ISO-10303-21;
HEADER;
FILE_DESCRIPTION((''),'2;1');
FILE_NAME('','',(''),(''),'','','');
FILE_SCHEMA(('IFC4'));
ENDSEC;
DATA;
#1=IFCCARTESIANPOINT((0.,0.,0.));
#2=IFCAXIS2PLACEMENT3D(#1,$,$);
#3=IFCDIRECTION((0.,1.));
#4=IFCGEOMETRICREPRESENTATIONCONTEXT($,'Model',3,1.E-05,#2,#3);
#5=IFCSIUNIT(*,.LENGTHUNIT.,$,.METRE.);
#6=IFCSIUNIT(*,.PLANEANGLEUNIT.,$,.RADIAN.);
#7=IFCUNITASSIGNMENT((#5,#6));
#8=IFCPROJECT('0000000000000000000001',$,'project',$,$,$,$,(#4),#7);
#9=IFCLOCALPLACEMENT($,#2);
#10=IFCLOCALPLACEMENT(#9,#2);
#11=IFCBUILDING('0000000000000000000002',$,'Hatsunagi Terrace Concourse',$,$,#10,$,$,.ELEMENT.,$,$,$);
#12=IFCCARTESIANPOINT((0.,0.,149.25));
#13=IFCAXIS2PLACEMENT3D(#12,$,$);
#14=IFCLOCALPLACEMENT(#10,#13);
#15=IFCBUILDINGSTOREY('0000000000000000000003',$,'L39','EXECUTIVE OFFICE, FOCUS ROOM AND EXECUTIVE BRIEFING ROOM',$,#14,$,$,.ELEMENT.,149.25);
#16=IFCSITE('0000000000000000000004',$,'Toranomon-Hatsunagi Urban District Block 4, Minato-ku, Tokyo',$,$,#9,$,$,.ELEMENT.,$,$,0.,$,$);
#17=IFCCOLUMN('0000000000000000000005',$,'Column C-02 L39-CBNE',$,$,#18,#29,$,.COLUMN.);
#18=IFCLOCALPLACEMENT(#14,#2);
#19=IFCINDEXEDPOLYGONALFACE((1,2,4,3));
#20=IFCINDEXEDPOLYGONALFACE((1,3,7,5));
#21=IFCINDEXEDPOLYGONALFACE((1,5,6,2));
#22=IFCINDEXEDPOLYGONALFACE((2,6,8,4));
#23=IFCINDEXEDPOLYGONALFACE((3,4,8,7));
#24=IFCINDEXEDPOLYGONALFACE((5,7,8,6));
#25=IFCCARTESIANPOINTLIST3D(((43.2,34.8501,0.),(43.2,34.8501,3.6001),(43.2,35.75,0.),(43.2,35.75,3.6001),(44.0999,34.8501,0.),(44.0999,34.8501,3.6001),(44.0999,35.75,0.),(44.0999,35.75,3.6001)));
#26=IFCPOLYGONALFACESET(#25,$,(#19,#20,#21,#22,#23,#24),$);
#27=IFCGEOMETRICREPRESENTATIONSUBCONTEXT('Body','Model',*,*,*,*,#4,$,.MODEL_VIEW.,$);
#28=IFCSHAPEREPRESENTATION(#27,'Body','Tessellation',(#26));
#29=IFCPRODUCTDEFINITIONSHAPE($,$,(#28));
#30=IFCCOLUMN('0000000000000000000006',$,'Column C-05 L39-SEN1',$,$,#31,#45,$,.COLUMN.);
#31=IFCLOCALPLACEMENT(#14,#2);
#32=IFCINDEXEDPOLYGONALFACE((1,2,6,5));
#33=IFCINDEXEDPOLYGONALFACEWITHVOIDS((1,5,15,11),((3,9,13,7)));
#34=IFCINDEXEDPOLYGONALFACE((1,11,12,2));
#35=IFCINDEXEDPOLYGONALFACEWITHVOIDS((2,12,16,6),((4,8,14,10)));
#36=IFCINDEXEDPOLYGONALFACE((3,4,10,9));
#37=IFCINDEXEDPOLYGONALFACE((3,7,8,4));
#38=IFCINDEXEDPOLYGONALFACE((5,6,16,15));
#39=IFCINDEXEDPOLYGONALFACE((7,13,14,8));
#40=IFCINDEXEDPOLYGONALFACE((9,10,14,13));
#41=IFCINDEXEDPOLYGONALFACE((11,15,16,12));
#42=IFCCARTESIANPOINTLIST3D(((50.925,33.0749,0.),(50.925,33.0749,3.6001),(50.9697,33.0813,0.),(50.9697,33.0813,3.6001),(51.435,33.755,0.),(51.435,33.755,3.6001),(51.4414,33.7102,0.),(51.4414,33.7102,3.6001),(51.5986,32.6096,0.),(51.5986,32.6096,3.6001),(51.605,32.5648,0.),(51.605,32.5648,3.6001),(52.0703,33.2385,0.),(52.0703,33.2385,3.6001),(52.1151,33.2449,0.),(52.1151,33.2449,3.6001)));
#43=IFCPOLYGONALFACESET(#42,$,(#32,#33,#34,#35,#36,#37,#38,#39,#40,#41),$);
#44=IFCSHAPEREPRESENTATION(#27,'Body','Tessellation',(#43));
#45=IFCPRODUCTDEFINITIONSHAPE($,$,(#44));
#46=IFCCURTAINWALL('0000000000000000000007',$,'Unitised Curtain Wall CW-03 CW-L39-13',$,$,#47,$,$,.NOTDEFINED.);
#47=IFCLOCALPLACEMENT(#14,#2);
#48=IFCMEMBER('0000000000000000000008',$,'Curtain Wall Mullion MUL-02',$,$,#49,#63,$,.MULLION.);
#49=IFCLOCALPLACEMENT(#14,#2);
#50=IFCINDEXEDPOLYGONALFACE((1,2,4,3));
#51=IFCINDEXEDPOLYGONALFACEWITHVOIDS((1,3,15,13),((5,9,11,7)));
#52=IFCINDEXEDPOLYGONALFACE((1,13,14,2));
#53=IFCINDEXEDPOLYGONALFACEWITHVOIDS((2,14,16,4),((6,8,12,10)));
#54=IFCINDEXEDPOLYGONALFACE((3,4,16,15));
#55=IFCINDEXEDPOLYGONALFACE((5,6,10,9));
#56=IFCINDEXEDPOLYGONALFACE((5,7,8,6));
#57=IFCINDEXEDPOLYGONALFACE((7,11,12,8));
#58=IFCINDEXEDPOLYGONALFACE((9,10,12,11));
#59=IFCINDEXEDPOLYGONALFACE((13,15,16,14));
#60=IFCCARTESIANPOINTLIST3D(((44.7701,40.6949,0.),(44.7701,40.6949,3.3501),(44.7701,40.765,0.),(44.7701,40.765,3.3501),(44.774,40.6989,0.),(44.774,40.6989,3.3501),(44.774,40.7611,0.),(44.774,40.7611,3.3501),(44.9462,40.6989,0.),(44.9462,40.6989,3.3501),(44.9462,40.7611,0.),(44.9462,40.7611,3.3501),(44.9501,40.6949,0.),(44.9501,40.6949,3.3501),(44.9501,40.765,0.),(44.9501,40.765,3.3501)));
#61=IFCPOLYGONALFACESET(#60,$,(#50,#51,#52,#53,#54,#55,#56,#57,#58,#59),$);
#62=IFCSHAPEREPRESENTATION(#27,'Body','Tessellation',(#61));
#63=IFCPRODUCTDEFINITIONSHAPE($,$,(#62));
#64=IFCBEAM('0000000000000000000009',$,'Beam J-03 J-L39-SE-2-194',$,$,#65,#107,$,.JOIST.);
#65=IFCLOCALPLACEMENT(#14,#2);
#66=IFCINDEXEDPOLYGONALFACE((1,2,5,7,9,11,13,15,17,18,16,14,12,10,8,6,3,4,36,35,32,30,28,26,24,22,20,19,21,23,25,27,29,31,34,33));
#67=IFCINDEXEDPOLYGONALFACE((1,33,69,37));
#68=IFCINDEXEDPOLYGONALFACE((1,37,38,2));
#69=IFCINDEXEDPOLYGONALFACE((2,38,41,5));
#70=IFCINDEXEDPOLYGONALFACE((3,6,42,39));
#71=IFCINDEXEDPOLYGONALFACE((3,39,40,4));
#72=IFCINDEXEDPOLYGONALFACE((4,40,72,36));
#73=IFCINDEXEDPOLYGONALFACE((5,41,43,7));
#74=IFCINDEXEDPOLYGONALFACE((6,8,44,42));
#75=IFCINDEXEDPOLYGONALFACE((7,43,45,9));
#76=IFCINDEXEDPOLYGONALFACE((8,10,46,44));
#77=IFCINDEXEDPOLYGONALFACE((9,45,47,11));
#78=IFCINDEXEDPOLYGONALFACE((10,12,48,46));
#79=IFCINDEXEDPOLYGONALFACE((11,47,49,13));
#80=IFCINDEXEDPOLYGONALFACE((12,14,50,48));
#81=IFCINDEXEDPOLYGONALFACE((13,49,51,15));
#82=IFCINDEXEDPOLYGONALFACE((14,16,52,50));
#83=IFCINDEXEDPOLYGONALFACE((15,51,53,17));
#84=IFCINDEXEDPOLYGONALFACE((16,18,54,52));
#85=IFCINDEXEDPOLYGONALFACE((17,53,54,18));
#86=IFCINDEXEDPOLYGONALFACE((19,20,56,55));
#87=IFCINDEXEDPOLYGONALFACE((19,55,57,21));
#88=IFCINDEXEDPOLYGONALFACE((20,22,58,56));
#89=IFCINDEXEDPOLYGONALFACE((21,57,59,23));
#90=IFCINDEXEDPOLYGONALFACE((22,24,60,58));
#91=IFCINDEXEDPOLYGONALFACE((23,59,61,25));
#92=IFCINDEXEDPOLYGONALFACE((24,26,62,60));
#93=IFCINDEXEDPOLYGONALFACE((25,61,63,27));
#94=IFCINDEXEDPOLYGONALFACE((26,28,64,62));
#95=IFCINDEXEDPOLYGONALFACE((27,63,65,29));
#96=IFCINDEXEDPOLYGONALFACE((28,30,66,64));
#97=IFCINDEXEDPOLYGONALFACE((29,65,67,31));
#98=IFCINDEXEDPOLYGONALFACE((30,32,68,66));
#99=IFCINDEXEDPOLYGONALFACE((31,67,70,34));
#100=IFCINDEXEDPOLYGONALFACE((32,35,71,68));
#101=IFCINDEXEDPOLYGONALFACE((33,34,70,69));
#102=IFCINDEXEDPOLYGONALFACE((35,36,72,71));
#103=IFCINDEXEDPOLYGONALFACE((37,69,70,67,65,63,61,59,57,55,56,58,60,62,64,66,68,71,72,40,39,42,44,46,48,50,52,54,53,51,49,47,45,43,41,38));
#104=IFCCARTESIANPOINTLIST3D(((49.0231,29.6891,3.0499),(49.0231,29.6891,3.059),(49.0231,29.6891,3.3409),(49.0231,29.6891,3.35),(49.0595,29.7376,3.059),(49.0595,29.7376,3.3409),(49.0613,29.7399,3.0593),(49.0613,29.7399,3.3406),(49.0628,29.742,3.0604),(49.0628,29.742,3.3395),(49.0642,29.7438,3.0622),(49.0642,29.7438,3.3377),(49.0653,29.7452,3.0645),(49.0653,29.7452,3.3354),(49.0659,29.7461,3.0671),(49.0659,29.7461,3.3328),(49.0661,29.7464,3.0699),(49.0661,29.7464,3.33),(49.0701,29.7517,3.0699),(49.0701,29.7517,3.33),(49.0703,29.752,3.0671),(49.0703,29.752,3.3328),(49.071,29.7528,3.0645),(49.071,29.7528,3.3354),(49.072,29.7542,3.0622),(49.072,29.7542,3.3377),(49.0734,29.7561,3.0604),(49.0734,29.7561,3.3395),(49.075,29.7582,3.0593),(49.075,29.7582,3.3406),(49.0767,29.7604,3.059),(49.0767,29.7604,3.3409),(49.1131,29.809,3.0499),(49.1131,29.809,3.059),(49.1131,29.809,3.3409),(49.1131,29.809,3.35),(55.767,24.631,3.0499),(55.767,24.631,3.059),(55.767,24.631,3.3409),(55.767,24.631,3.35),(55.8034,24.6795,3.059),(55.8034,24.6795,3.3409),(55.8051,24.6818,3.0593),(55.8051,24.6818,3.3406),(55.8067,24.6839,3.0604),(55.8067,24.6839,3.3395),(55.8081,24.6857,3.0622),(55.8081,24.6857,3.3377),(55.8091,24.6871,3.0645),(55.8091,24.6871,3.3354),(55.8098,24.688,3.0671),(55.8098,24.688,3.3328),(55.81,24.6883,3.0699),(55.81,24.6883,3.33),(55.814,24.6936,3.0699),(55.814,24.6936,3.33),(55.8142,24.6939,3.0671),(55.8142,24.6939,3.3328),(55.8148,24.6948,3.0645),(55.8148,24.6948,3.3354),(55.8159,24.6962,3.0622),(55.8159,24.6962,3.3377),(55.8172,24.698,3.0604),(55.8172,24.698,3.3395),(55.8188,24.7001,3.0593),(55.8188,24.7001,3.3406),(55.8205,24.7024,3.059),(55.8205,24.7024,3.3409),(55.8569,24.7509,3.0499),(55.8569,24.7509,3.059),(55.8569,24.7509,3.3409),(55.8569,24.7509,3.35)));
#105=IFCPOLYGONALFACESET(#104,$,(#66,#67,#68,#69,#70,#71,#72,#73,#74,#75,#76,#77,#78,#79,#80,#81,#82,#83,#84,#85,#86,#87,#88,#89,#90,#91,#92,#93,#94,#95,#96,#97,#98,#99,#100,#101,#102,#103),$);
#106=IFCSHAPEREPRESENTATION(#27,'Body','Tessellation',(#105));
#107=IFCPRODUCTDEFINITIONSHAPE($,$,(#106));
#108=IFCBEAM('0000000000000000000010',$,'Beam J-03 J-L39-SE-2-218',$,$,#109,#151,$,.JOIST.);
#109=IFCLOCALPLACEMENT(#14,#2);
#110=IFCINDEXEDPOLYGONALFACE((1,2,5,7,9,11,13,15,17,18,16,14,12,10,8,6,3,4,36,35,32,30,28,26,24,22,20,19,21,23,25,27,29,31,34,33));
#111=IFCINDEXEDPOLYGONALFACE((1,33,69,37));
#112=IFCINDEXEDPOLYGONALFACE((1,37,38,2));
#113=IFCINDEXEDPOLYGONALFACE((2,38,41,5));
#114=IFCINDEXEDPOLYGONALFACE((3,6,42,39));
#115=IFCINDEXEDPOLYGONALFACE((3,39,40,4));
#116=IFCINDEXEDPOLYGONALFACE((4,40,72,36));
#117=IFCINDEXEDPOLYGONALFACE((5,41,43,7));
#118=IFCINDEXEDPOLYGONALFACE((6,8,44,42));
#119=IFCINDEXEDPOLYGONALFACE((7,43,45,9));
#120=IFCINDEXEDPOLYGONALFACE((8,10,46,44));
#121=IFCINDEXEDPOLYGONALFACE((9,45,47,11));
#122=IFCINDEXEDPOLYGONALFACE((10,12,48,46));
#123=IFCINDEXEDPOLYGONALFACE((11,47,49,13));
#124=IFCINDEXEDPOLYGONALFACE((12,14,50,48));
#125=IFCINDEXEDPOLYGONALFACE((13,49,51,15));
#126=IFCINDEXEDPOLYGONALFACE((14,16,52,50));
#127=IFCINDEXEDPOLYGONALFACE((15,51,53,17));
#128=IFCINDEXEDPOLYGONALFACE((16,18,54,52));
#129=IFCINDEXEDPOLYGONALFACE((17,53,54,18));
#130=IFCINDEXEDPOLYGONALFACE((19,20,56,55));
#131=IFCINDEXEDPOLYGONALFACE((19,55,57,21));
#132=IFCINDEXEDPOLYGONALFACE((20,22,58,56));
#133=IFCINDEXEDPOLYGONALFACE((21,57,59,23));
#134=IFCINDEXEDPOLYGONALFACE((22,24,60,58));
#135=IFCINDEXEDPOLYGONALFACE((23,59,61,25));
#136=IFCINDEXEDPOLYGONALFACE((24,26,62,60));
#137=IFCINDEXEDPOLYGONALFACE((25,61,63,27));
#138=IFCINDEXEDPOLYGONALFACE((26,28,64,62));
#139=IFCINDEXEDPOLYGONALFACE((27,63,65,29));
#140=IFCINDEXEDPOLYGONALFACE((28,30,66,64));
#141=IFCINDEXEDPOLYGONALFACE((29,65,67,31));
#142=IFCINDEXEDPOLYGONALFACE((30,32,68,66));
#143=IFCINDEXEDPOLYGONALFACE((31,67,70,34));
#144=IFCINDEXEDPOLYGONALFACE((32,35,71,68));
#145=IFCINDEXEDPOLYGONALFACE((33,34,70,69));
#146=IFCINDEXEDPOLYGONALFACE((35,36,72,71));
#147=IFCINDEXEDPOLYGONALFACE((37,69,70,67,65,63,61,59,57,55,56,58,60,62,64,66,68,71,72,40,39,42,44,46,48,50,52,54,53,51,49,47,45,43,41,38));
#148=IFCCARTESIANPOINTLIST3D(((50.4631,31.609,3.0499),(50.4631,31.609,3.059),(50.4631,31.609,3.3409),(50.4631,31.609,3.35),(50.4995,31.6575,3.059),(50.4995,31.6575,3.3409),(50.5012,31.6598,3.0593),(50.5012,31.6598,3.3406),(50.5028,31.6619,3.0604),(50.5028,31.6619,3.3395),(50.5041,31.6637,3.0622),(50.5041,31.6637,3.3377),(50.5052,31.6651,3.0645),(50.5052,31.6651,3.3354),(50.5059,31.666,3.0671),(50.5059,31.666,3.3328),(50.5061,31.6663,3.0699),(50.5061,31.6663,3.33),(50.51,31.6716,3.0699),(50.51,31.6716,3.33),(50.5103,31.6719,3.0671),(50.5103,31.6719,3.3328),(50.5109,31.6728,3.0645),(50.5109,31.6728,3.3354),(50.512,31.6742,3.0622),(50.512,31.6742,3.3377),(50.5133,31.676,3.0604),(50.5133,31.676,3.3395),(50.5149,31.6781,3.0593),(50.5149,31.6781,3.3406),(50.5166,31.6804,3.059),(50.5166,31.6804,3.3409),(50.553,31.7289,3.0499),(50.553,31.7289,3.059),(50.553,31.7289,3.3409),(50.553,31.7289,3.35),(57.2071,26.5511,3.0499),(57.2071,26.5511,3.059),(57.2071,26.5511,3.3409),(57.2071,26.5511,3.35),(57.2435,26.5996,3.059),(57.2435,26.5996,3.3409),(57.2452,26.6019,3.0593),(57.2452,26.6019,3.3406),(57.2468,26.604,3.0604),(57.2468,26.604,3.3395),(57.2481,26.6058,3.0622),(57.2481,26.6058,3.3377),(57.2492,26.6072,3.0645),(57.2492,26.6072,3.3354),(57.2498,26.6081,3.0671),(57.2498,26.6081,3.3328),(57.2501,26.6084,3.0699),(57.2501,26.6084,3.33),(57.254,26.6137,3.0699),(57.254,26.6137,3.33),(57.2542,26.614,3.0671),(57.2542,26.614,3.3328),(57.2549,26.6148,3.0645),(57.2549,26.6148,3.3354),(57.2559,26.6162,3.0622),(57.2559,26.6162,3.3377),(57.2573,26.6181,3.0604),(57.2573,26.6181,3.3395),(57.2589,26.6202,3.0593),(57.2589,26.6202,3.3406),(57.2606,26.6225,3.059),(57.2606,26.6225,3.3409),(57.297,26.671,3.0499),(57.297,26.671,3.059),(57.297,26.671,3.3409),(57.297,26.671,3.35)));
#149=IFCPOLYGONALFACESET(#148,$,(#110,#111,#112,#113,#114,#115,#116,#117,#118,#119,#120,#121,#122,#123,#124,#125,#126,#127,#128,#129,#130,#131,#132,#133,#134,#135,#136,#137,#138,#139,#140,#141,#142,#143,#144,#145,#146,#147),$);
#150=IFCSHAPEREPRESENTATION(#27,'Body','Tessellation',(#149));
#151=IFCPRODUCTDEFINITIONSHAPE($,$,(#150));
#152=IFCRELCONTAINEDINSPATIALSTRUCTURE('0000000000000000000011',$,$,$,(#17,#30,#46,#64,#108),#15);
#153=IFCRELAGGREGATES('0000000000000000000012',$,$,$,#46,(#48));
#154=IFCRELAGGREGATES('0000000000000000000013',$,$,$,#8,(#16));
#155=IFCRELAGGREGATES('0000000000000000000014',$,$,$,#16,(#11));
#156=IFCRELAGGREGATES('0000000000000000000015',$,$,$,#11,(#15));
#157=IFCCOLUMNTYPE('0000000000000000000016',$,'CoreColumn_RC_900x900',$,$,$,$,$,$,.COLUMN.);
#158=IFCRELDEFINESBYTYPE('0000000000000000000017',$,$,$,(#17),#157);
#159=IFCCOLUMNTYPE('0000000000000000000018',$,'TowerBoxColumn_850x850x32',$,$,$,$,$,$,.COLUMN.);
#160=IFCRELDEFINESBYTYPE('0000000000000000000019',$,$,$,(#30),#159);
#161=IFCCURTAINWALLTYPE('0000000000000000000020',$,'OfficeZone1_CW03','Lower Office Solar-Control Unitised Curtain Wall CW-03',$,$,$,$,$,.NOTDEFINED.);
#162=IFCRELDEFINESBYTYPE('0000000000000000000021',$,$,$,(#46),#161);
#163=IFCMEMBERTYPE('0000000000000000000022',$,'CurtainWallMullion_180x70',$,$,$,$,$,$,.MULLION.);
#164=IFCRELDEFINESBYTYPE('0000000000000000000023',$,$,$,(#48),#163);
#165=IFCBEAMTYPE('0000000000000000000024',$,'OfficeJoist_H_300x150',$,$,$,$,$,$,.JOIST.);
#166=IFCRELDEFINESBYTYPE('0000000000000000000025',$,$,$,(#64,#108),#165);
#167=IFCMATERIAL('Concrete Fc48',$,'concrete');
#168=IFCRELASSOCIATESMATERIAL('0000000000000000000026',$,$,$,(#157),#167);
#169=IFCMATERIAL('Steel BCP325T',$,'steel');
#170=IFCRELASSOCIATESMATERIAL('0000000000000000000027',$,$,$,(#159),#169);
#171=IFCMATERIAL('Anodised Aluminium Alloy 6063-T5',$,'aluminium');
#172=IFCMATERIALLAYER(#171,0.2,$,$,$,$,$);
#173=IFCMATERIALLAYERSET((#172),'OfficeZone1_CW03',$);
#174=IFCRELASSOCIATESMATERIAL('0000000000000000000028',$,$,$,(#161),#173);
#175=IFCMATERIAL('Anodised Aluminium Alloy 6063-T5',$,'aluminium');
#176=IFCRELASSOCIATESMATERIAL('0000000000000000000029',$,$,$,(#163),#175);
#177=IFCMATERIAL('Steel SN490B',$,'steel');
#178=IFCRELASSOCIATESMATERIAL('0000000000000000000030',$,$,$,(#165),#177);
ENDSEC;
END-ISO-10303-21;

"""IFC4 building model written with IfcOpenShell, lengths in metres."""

from ifc_helpers import new_model, si_unit, direction, frame, origin, origin_2d, place, context, subcontext, project, spatial, rectangle, hollow_rectangle, i_section, extrude, material, layer, layer_set, material_profile, profile_set, type_object, element, aggregate, save


model = new_model("IFC4")

# Units and contexts
model_context = context("Model", 3, precision=1e-05, world=origin(), true_north=direction((0.0, 1.0)))
body_context = subcontext(model_context, "Body", "Model", "MODEL_VIEW")
ifc_project = project(units=[si_unit("LENGTHUNIT", "METRE"), si_unit("PLANEANGLEUNIT", "RADIAN")], contexts=[model_context])

# Site, building, storey
site_placement = place(None, origin())
site = spatial("IfcSite", under=ifc_project, at=site_placement, Name="Toranomon-Hatsunagi Urban District Block 4, Minato-ku, Tokyo", CompositionType="ELEMENT", RefElevation=0.0)
building_placement = place(site_placement, origin())
building = spatial("IfcBuilding", under=site, at=building_placement, Name="Hatsunagi Terrace Concourse", CompositionType="ELEMENT")
storey_placement = place(building_placement, frame((0.0, 0.0, 149.25)))
storey = spatial("IfcBuildingStorey", under=building, at=storey_placement, Name="L39", Description="EXECUTIVE OFFICE, FOCUS ROOM AND EXECUTIVE BRIEFING ROOM", CompositionType="ELEMENT", Elevation=149.25)

# Columns
ifc_material_1 = material(Name="Concrete Fc48", Category="concrete")
ifc_material_profile_1 = material_profile(ifc_material_1, rectangle(XDim=0.8999, YDim=0.8999, at=origin_2d()), Name="RC-900x900")
ifc_profile_set_1 = profile_set([ifc_material_profile_1], Name="Concrete Fc48")
column_type_1 = type_object("IfcColumnType", Name="CoreColumn_RC_900x900", PredefinedType="COLUMN", material=ifc_profile_set_1)
column_1_placement = place(storey_placement, frame((43.6499, 35.3, 0.0), z_axis=(0.0, 0.0, 1.0), x_axis=(1.0, 0.0, 0.0)))
element("IfcColumn", 1, at=column_1_placement, inside=storey, type_object=column_type_1, Name="Column C-02 L39-CBNE", PredefinedType="COLUMN", context=body_context, shape_type="SweptSolid", body=[
    extrude(rectangle(XDim=0.8999, YDim=0.8999, at=origin_2d()), origin(), (0.0, 0.0, 1.0), 3.6001),
])
ifc_material_2 = material(Name="Steel BCP325T", Category="steel")
ifc_material_profile_2 = material_profile(ifc_material_2, hollow_rectangle(XDim=0.8501, YDim=0.8501, WallThickness=0.032, at=origin_2d()), Name="BCP-850x850x32")
ifc_profile_set_2 = profile_set([ifc_material_profile_2], Name="Steel BCP325T")
column_type_2 = type_object("IfcColumnType", Name="TowerBoxColumn_850x850x32", PredefinedType="COLUMN", material=ifc_profile_set_2)
column_2_placement = place(storey_placement, frame((51.52, 33.1599, 0.0), z_axis=(0.0, 0.0, 1.0), x_axis=(0.8, -0.6, 0.0)))
element("IfcColumn", 2, at=column_2_placement, inside=storey, type_object=column_type_2, Name="Column C-05 L39-SEN1", PredefinedType="COLUMN", context=body_context, shape_type="SweptSolid", body=[
    extrude(hollow_rectangle(XDim=0.8501, YDim=0.8501, WallThickness=0.032, at=origin_2d()), origin(), (0.0, 0.0, 1.0), 3.6001),
])

# Curtain wall, member
ifc_material_3 = material(Name="Anodised Aluminium Alloy 6063-T5", Category="aluminium")
ifc_layer_1 = layer(ifc_material_3, 0.2)
ifc_layer_set_1 = layer_set([ifc_layer_1], Name="OfficeZone1_CW03")
curtain_wall_type = type_object("IfcCurtainWallType", Name="OfficeZone1_CW03", Description="Lower Office Solar-Control Unitised Curtain Wall CW-03", PredefinedType="NOTDEFINED", material=ifc_layer_set_1)
curtain_wall_placement = place(storey_placement, origin())
curtain_wall = element("IfcCurtainWall", 3, at=curtain_wall_placement, inside=storey, type_object=curtain_wall_type, Name="Unitised Curtain Wall CW-03 CW-L39-13", PredefinedType="NOTDEFINED")
ifc_material_4 = material(Name="Anodised Aluminium Alloy 6063-T5", Category="aluminium")
ifc_material_profile_3 = material_profile(ifc_material_4, hollow_rectangle(XDim=0.0701, YDim=0.1799, WallThickness=0.0039, at=origin_2d()), Name="ALU-MUL-180x70x4")
ifc_profile_set_3 = profile_set([ifc_material_profile_3], Name="Anodised Aluminium Alloy 6063-T5")
member_type = type_object("IfcMemberType", Name="CurtainWallMullion_180x70", PredefinedType="MULLION", material=ifc_profile_set_3)
member_placement = place(storey_placement, frame((44.8601, 40.73, 0.0), z_axis=(0.0, 0.0, 1.0), x_axis=(0.0, -1.0, 0.0)))
member = element("IfcMember", 4, at=member_placement, type_object=member_type, Name="Curtain Wall Mullion MUL-02", PredefinedType="MULLION", context=body_context, shape_type="SweptSolid", body=[
    extrude(hollow_rectangle(XDim=0.0701, YDim=0.1799, WallThickness=0.0039, at=origin_2d()), origin(), (0.0, 0.0, 1.0), 3.3501),
])
aggregate(curtain_wall, [member])

# Beams
ifc_material_5 = material(Name="Steel SN490B", Category="steel")
ifc_material_profile_4 = material_profile(ifc_material_5, i_section(OverallWidth=0.1499, OverallDepth=0.3, WebThickness=0.0066, FlangeThickness=0.009, FilletRadius=0.011, at=origin_2d()), Name="H-300x150x6.5x9")
ifc_profile_set_4 = profile_set([ifc_material_profile_4], Name="Steel SN490B")
beam_type_1 = type_object("IfcBeamType", Name="OfficeJoist_H_300x150", PredefinedType="JOIST", material=ifc_profile_set_4)
for number, where, z_axis, x_axis, name in (
    (5, (49.0681, 29.749, 3.2), (0.79999, -0.600014, 0.0), (0.600014, 0.79999, 0.0), "Beam J-03 J-L39-SE-2-194"),
    (6, (50.5081, 31.6689, 3.2), (0.800003, -0.599995, 0.0), (0.599995, 0.800003, 0.0), "Beam J-03 J-L39-SE-2-218"),
):
    element("IfcBeam", number, at=place(storey_placement, frame(where, z_axis=z_axis, x_axis=x_axis)), inside=storey, type_object=beam_type_1, Name=name, PredefinedType="JOIST", context=body_context, shape_type="SweptSolid", body=[
        extrude(i_section(OverallWidth=0.1499, OverallDepth=0.3, WebThickness=0.0066, FlangeThickness=0.009, FilletRadius=0.011, at=origin_2d()), origin(), (0.0, 0.0, 1.0), 8.4299),
    ])

save(model, "model.ifc")
